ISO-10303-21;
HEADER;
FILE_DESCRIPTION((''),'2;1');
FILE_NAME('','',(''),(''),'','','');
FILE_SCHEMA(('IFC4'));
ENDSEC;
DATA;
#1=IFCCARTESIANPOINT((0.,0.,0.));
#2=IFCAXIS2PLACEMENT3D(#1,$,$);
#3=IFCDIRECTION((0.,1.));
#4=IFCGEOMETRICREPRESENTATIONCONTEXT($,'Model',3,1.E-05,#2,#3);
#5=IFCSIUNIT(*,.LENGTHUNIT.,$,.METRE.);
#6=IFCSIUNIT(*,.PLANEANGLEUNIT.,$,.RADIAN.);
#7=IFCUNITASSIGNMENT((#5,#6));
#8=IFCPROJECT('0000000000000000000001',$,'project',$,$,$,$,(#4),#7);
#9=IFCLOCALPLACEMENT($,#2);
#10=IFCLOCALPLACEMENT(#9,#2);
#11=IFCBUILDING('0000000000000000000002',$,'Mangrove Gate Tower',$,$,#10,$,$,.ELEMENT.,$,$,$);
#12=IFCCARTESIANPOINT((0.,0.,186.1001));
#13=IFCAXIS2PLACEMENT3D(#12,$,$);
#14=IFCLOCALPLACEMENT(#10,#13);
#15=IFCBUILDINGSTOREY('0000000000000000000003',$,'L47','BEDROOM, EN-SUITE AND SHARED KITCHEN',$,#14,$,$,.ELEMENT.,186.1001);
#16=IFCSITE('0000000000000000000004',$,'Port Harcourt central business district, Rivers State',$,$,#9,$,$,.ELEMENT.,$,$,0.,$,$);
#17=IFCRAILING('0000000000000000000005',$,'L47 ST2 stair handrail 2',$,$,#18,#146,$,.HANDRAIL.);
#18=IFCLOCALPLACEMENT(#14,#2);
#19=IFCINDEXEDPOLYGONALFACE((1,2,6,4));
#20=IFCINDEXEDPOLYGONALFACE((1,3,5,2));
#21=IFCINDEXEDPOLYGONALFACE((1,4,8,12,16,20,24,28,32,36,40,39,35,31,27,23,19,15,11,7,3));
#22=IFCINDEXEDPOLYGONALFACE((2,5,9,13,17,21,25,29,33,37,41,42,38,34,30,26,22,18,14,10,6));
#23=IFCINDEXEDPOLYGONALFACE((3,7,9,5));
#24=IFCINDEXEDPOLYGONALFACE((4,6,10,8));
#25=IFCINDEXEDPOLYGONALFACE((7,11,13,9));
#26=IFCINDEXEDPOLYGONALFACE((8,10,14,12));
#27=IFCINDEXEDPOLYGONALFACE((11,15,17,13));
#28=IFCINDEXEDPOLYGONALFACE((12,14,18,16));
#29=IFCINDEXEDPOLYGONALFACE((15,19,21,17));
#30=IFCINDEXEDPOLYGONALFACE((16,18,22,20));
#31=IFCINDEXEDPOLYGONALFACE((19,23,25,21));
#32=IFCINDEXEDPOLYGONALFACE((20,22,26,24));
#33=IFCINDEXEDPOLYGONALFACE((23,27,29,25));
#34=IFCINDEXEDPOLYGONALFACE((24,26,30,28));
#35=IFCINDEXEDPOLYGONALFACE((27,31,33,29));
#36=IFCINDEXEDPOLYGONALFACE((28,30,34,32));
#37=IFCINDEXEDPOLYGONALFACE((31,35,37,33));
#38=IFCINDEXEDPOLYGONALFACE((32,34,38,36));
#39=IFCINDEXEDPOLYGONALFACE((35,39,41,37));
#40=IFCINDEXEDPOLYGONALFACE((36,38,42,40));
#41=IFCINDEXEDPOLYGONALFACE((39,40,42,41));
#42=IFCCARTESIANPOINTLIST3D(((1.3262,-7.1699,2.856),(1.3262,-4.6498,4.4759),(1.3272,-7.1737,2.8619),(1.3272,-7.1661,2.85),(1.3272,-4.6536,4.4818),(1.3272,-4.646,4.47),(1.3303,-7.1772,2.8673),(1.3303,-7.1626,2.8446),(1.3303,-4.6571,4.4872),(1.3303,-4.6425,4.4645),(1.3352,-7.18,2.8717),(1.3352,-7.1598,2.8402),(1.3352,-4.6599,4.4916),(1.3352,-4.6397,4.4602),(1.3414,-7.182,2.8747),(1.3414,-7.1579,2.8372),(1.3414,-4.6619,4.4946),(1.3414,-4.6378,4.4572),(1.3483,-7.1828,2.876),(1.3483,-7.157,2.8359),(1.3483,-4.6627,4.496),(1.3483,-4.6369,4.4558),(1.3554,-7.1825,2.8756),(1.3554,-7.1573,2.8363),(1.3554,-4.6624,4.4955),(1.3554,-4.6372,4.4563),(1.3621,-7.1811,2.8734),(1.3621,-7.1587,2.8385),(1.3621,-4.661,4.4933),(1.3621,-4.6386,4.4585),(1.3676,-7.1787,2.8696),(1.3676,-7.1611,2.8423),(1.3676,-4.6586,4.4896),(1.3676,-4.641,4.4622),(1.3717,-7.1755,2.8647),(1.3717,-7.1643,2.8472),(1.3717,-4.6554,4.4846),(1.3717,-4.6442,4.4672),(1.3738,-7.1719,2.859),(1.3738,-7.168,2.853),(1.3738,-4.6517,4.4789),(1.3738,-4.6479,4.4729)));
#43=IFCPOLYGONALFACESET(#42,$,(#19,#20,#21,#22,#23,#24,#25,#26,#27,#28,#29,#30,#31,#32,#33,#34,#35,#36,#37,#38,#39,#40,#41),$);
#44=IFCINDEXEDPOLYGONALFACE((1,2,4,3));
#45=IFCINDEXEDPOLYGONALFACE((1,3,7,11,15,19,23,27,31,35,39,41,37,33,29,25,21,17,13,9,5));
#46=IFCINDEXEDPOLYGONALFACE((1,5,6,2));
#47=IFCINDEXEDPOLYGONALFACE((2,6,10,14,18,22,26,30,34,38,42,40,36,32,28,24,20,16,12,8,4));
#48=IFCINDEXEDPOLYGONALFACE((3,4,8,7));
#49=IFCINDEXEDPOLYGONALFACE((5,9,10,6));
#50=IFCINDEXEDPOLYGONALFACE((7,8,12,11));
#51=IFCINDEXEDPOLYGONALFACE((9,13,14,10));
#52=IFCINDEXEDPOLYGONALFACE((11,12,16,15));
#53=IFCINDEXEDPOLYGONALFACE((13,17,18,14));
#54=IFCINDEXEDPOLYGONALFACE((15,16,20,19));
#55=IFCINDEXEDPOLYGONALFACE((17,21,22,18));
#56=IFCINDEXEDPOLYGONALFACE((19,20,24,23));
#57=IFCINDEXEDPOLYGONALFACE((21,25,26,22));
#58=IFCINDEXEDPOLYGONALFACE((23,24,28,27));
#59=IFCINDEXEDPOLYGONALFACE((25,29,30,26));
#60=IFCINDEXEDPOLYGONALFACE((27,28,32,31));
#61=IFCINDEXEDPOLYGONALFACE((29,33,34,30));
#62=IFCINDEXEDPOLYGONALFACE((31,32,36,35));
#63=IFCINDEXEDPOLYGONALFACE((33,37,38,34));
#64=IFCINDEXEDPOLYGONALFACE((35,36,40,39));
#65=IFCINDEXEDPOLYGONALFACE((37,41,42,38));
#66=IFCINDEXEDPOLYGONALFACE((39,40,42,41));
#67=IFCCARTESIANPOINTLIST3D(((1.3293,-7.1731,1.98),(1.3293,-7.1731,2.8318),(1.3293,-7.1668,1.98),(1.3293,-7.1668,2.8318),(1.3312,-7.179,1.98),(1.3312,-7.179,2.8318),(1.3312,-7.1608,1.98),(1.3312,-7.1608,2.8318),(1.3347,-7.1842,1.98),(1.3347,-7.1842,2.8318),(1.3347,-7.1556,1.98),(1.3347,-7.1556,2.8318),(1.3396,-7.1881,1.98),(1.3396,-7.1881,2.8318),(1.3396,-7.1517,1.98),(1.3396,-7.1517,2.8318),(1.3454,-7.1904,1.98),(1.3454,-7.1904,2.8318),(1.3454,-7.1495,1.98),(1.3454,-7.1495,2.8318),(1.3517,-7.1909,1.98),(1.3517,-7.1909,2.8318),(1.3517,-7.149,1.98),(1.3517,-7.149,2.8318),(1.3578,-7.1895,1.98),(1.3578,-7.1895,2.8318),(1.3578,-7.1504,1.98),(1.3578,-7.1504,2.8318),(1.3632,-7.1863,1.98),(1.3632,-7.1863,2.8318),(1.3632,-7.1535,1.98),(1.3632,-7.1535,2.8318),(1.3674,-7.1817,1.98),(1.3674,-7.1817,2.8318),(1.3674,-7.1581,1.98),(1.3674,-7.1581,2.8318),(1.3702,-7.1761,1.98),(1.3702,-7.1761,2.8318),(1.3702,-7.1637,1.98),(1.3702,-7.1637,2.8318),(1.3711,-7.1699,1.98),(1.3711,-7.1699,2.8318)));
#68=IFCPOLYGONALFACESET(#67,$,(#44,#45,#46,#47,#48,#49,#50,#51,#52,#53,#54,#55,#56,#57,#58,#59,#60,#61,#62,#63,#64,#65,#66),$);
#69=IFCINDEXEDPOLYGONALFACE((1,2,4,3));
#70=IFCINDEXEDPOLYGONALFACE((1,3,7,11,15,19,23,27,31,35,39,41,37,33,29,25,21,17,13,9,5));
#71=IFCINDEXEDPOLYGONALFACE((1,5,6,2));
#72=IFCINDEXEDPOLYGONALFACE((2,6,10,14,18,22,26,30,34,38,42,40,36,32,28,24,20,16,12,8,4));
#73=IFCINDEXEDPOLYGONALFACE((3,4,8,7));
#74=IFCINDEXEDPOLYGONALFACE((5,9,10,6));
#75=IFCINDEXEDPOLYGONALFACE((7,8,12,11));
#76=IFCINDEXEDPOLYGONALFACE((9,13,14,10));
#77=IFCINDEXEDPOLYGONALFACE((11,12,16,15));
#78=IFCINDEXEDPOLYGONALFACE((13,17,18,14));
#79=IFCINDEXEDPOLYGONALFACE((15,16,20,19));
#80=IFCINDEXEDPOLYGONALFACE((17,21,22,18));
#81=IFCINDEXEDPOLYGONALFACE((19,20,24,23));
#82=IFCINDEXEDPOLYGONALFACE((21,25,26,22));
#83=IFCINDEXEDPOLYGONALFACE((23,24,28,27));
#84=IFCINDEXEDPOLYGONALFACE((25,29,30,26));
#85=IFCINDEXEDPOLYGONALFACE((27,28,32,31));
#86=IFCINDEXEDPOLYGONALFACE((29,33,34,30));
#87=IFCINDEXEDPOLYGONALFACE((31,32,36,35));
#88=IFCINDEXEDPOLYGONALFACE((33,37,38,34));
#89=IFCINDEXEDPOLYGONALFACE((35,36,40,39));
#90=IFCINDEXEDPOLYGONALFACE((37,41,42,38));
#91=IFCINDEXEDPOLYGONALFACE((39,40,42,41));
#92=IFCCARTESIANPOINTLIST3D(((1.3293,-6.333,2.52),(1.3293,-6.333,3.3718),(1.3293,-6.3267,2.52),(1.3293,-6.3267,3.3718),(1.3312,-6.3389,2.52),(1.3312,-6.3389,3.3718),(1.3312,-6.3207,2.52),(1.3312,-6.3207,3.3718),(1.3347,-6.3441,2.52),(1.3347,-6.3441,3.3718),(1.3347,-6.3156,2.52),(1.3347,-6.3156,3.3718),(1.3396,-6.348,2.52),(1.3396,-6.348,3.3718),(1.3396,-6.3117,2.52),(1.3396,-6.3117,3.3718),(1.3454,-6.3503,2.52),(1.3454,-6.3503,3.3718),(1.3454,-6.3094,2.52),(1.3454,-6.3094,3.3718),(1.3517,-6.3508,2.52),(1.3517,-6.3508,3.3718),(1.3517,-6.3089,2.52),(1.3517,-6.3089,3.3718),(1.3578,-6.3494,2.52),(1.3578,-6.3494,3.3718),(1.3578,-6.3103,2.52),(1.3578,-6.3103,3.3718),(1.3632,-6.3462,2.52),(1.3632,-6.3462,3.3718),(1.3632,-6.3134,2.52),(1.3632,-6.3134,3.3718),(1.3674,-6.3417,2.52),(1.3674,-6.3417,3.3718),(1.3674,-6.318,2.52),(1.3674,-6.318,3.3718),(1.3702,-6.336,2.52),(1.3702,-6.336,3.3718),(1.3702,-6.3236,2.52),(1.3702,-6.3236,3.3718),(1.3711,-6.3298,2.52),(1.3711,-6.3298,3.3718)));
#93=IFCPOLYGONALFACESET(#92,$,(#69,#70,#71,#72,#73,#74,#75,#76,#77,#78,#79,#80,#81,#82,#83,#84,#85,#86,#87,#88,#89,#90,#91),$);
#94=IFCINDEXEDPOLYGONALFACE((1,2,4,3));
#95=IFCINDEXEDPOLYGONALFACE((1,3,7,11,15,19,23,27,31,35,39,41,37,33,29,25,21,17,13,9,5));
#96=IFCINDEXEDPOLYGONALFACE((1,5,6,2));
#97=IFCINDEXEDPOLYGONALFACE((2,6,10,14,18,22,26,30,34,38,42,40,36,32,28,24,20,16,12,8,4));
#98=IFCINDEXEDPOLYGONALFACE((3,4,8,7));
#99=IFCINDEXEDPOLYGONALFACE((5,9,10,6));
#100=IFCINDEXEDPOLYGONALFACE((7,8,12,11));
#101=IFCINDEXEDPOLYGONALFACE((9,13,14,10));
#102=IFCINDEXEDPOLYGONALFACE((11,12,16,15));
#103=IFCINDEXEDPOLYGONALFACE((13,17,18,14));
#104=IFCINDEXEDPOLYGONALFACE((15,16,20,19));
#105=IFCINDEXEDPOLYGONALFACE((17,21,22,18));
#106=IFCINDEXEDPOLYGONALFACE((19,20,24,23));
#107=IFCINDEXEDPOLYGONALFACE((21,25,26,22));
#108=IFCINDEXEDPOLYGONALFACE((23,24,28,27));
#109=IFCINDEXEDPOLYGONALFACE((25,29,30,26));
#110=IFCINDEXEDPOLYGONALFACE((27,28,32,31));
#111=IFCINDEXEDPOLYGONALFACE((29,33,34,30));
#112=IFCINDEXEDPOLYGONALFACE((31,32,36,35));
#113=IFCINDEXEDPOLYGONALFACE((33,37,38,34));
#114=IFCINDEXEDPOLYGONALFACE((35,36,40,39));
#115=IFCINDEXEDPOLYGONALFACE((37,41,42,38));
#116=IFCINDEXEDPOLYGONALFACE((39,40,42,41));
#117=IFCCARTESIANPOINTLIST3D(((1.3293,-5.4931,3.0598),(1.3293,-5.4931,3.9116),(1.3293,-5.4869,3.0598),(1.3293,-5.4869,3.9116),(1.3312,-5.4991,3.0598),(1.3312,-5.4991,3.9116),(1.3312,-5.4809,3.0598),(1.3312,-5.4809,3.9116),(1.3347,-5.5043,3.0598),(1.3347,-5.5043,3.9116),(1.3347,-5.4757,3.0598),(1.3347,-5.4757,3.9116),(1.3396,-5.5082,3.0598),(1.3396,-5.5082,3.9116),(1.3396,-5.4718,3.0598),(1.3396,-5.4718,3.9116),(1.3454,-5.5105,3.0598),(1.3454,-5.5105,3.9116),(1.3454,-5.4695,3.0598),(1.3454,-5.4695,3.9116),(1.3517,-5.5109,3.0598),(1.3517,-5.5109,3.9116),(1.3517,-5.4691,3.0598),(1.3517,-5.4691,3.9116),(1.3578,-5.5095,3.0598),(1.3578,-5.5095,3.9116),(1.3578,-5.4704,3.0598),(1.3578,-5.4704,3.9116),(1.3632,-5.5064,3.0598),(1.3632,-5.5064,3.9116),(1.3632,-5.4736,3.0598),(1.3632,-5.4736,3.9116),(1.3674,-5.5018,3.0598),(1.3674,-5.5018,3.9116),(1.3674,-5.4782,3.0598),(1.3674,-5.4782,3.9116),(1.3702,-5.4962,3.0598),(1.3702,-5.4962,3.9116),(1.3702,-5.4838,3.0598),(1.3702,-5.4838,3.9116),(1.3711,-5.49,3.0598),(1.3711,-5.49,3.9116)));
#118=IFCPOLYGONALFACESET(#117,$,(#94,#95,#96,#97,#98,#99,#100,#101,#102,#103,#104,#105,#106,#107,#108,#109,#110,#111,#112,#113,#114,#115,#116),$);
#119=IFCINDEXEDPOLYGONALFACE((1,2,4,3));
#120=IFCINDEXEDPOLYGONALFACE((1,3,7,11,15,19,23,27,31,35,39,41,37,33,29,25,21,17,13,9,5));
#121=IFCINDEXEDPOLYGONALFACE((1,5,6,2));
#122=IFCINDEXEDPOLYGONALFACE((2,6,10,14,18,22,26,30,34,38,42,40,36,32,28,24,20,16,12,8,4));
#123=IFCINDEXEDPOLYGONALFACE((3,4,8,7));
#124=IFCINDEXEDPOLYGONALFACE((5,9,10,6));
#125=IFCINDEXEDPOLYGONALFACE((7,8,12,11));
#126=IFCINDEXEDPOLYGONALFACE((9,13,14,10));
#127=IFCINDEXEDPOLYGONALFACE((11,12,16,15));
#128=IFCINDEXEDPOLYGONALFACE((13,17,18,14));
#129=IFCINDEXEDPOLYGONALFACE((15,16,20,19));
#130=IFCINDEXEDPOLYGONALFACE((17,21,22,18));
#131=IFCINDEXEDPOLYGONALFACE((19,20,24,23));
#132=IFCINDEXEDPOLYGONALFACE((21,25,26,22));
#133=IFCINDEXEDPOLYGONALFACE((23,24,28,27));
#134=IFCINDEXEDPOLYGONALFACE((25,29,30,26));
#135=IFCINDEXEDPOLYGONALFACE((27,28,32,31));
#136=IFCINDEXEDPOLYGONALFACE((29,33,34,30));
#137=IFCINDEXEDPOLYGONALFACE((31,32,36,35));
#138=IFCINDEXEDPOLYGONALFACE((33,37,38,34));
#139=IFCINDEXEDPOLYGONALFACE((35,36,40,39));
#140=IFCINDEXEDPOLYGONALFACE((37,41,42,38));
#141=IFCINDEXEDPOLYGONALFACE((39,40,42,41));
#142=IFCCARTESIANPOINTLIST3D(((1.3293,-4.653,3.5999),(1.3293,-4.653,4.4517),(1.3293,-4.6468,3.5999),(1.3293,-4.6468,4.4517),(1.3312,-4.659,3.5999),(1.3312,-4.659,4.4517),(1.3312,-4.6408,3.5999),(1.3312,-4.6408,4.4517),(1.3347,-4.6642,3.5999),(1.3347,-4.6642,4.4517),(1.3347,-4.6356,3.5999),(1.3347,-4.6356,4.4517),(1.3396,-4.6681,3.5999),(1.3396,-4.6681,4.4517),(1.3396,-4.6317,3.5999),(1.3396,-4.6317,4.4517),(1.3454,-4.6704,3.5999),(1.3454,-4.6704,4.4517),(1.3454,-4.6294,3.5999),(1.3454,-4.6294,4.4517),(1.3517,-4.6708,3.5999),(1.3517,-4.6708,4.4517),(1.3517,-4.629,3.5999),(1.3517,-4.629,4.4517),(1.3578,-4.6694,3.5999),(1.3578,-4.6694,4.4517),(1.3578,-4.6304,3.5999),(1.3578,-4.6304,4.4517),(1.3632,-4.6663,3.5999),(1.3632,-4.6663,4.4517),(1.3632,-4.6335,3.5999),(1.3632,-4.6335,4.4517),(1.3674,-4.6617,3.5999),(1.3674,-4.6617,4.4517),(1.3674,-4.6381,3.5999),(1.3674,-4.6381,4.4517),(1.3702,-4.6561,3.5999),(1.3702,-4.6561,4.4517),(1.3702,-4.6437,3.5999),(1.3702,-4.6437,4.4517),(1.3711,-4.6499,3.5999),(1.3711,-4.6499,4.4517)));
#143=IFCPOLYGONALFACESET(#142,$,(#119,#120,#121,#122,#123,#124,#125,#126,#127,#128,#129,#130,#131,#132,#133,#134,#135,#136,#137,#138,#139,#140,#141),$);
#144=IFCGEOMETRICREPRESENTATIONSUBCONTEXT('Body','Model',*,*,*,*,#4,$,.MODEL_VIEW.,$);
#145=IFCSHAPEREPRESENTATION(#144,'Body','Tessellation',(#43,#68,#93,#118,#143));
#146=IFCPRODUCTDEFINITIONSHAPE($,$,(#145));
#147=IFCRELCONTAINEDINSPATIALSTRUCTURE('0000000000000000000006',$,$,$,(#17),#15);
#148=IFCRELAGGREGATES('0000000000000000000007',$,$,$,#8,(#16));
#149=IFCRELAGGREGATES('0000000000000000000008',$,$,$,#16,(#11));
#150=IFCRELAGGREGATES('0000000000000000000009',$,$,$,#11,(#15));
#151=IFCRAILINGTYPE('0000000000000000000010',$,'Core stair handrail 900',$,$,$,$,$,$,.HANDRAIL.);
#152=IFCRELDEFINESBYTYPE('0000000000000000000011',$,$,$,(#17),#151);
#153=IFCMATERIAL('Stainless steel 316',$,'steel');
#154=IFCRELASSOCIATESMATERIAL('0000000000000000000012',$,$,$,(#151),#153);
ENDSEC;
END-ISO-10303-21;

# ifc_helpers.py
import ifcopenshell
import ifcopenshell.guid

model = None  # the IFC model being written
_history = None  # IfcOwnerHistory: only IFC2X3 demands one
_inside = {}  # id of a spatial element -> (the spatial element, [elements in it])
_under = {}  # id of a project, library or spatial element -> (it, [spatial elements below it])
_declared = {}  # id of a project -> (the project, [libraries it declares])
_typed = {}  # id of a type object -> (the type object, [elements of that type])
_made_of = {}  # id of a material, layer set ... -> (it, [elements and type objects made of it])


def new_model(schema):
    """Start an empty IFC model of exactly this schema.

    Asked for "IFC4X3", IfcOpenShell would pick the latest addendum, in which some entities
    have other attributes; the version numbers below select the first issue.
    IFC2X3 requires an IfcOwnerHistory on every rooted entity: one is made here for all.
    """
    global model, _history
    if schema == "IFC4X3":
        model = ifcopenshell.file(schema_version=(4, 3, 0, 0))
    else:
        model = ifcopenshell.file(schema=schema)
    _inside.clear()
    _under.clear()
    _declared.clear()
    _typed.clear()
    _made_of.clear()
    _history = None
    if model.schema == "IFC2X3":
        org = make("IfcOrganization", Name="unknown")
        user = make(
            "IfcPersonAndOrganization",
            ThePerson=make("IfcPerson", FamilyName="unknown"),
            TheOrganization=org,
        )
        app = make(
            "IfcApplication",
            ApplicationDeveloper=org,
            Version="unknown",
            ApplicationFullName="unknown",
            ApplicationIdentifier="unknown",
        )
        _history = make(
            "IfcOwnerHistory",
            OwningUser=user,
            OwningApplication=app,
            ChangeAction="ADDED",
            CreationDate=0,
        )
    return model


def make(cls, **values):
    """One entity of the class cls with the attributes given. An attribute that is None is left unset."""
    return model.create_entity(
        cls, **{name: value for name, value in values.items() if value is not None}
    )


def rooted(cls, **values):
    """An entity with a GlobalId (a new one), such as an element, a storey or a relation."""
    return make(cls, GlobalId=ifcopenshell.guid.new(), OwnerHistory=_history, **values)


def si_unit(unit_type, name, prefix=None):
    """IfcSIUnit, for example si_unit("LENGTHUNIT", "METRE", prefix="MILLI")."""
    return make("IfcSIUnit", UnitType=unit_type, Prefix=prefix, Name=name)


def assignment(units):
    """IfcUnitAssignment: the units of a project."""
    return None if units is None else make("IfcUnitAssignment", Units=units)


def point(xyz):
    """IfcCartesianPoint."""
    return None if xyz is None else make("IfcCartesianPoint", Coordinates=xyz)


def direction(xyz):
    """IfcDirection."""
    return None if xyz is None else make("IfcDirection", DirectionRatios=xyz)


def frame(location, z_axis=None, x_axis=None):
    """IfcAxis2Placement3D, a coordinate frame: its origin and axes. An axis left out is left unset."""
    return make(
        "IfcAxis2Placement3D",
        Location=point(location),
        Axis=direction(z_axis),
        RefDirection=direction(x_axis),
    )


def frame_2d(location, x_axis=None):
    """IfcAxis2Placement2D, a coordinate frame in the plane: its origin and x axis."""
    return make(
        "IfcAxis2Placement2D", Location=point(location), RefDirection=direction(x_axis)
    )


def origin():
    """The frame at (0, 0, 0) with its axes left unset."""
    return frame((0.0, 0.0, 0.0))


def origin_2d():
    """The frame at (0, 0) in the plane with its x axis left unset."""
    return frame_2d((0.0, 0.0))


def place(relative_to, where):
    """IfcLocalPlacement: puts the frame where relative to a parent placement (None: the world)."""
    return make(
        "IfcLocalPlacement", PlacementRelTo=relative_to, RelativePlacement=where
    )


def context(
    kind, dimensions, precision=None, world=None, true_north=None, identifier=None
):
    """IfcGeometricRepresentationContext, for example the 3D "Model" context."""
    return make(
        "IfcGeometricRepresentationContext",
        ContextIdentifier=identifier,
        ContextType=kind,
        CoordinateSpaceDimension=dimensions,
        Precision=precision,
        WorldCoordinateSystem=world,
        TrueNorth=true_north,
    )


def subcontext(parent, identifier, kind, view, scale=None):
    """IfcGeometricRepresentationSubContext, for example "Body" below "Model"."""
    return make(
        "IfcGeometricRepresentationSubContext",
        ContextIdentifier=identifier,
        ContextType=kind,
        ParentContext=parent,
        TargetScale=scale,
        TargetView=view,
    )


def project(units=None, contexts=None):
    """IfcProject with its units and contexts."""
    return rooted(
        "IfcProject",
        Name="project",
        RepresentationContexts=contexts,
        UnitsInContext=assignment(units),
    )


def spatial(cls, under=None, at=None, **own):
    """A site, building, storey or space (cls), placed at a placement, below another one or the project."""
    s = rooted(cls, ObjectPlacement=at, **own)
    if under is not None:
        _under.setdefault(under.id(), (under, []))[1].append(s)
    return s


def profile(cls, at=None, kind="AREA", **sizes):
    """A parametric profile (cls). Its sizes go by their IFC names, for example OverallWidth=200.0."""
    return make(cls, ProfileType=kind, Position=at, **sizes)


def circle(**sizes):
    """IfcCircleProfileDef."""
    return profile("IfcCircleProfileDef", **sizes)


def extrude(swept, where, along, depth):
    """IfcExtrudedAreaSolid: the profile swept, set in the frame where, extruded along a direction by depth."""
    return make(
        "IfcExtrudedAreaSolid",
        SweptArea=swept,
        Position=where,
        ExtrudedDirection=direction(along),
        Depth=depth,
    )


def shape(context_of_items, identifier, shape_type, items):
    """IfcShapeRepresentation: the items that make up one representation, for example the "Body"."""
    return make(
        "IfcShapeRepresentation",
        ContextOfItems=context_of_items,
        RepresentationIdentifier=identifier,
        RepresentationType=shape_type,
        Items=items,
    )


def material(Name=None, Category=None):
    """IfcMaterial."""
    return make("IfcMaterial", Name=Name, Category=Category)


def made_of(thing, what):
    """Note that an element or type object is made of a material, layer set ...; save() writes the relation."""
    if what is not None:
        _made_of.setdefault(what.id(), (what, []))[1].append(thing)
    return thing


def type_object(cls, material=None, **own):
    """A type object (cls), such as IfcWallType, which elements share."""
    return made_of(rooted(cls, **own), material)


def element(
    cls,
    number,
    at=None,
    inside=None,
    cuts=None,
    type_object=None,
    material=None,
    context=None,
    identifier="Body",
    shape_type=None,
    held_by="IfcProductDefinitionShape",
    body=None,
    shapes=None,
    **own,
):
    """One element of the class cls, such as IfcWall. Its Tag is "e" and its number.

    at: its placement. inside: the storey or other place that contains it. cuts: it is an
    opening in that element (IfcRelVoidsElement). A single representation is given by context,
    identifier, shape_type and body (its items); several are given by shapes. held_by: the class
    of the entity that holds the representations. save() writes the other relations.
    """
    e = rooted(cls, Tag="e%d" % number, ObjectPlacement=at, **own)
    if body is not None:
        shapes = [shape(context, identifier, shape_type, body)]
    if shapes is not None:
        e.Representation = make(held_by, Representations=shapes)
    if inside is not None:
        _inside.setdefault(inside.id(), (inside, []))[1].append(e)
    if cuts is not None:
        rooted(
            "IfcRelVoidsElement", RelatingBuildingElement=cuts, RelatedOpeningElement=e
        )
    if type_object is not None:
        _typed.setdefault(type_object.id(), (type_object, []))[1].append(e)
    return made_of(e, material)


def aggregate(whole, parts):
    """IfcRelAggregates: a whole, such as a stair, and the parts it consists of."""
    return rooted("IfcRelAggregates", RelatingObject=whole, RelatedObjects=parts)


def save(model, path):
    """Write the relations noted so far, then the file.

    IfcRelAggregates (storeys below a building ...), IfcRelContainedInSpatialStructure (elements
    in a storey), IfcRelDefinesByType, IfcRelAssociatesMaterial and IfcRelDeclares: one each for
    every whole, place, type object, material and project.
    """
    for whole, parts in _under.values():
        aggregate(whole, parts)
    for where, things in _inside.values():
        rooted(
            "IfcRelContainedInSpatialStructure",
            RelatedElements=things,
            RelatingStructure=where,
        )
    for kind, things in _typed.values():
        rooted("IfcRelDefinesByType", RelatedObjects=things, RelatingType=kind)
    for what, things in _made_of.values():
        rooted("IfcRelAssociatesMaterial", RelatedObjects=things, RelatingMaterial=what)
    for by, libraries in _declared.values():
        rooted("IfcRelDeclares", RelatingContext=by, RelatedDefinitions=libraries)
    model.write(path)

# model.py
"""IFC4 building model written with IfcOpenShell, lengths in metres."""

from ifc_helpers import new_model, si_unit, direction, frame, origin, origin_2d, place, context, subcontext, project, spatial, circle, extrude, material, type_object, element, save


model = new_model("IFC4")

# Units and contexts
model_context = context("Model", 3, precision=1e-05, world=origin(), true_north=direction((0.0, 1.0)))
body_context = subcontext(model_context, "Body", "Model", "MODEL_VIEW")
ifc_project = project(units=[si_unit("LENGTHUNIT", "METRE"), si_unit("PLANEANGLEUNIT", "RADIAN")], contexts=[model_context])

# Site, building, storey
site_placement = place(None, origin())
site = spatial("IfcSite", under=ifc_project, at=site_placement, Name="Port Harcourt central business district, Rivers State", CompositionType="ELEMENT", RefElevation=0.0)
building_placement = place(site_placement, origin())
building = spatial("IfcBuilding", under=site, at=building_placement, Name="Mangrove Gate Tower", CompositionType="ELEMENT")
storey_placement = place(building_placement, frame((0.0, 0.0, 186.1001)))
storey = spatial("IfcBuildingStorey", under=building, at=storey_placement, Name="L47", Description="BEDROOM, EN-SUITE AND SHARED KITCHEN", CompositionType="ELEMENT", Elevation=186.1001)

# Railing
ifc_material_1 = material(Name="Stainless steel 316", Category="steel")
railing_type_1 = type_object("IfcRailingType", Name="Core stair handrail 900", PredefinedType="HANDRAIL", material=ifc_material_1)
railing_1_placement = place(storey_placement, frame((1.3501, -7.1699, 1.98)))
element("IfcRailing", 1, at=railing_1_placement, inside=storey, type_object=railing_type_1, Name="L47 ST2 stair handrail 2", PredefinedType="HANDRAIL", context=body_context, shape_type="SweptSolid", body=[
    extrude(circle(Radius=0.0239, at=origin_2d()), frame((0.0, 0.0, 0.876), z_axis=(0.0, 0.8412, 0.540725), x_axis=(-1.0, 0.0, 0.0)), (0.0, 0.0, 1.0), 2.9958),
    extrude(circle(Radius=0.021, at=origin_2d()), origin(), (0.0, 0.0, 1.0), 0.8518),
    extrude(circle(Radius=0.021, at=origin_2d()), frame((0.0, 0.8401, 0.54)), (0.0, 0.0, 1.0), 0.8518),
    extrude(circle(Radius=0.021, at=origin_2d()), frame((0.0, 1.6799, 1.0798)), (0.0, 0.0, 1.0), 0.8518),
    extrude(circle(Radius=0.021, at=origin_2d()), frame((0.0, 2.52, 1.6199)), (0.0, 0.0, 1.0), 0.8518),
])

save(model, "model.ifc")
